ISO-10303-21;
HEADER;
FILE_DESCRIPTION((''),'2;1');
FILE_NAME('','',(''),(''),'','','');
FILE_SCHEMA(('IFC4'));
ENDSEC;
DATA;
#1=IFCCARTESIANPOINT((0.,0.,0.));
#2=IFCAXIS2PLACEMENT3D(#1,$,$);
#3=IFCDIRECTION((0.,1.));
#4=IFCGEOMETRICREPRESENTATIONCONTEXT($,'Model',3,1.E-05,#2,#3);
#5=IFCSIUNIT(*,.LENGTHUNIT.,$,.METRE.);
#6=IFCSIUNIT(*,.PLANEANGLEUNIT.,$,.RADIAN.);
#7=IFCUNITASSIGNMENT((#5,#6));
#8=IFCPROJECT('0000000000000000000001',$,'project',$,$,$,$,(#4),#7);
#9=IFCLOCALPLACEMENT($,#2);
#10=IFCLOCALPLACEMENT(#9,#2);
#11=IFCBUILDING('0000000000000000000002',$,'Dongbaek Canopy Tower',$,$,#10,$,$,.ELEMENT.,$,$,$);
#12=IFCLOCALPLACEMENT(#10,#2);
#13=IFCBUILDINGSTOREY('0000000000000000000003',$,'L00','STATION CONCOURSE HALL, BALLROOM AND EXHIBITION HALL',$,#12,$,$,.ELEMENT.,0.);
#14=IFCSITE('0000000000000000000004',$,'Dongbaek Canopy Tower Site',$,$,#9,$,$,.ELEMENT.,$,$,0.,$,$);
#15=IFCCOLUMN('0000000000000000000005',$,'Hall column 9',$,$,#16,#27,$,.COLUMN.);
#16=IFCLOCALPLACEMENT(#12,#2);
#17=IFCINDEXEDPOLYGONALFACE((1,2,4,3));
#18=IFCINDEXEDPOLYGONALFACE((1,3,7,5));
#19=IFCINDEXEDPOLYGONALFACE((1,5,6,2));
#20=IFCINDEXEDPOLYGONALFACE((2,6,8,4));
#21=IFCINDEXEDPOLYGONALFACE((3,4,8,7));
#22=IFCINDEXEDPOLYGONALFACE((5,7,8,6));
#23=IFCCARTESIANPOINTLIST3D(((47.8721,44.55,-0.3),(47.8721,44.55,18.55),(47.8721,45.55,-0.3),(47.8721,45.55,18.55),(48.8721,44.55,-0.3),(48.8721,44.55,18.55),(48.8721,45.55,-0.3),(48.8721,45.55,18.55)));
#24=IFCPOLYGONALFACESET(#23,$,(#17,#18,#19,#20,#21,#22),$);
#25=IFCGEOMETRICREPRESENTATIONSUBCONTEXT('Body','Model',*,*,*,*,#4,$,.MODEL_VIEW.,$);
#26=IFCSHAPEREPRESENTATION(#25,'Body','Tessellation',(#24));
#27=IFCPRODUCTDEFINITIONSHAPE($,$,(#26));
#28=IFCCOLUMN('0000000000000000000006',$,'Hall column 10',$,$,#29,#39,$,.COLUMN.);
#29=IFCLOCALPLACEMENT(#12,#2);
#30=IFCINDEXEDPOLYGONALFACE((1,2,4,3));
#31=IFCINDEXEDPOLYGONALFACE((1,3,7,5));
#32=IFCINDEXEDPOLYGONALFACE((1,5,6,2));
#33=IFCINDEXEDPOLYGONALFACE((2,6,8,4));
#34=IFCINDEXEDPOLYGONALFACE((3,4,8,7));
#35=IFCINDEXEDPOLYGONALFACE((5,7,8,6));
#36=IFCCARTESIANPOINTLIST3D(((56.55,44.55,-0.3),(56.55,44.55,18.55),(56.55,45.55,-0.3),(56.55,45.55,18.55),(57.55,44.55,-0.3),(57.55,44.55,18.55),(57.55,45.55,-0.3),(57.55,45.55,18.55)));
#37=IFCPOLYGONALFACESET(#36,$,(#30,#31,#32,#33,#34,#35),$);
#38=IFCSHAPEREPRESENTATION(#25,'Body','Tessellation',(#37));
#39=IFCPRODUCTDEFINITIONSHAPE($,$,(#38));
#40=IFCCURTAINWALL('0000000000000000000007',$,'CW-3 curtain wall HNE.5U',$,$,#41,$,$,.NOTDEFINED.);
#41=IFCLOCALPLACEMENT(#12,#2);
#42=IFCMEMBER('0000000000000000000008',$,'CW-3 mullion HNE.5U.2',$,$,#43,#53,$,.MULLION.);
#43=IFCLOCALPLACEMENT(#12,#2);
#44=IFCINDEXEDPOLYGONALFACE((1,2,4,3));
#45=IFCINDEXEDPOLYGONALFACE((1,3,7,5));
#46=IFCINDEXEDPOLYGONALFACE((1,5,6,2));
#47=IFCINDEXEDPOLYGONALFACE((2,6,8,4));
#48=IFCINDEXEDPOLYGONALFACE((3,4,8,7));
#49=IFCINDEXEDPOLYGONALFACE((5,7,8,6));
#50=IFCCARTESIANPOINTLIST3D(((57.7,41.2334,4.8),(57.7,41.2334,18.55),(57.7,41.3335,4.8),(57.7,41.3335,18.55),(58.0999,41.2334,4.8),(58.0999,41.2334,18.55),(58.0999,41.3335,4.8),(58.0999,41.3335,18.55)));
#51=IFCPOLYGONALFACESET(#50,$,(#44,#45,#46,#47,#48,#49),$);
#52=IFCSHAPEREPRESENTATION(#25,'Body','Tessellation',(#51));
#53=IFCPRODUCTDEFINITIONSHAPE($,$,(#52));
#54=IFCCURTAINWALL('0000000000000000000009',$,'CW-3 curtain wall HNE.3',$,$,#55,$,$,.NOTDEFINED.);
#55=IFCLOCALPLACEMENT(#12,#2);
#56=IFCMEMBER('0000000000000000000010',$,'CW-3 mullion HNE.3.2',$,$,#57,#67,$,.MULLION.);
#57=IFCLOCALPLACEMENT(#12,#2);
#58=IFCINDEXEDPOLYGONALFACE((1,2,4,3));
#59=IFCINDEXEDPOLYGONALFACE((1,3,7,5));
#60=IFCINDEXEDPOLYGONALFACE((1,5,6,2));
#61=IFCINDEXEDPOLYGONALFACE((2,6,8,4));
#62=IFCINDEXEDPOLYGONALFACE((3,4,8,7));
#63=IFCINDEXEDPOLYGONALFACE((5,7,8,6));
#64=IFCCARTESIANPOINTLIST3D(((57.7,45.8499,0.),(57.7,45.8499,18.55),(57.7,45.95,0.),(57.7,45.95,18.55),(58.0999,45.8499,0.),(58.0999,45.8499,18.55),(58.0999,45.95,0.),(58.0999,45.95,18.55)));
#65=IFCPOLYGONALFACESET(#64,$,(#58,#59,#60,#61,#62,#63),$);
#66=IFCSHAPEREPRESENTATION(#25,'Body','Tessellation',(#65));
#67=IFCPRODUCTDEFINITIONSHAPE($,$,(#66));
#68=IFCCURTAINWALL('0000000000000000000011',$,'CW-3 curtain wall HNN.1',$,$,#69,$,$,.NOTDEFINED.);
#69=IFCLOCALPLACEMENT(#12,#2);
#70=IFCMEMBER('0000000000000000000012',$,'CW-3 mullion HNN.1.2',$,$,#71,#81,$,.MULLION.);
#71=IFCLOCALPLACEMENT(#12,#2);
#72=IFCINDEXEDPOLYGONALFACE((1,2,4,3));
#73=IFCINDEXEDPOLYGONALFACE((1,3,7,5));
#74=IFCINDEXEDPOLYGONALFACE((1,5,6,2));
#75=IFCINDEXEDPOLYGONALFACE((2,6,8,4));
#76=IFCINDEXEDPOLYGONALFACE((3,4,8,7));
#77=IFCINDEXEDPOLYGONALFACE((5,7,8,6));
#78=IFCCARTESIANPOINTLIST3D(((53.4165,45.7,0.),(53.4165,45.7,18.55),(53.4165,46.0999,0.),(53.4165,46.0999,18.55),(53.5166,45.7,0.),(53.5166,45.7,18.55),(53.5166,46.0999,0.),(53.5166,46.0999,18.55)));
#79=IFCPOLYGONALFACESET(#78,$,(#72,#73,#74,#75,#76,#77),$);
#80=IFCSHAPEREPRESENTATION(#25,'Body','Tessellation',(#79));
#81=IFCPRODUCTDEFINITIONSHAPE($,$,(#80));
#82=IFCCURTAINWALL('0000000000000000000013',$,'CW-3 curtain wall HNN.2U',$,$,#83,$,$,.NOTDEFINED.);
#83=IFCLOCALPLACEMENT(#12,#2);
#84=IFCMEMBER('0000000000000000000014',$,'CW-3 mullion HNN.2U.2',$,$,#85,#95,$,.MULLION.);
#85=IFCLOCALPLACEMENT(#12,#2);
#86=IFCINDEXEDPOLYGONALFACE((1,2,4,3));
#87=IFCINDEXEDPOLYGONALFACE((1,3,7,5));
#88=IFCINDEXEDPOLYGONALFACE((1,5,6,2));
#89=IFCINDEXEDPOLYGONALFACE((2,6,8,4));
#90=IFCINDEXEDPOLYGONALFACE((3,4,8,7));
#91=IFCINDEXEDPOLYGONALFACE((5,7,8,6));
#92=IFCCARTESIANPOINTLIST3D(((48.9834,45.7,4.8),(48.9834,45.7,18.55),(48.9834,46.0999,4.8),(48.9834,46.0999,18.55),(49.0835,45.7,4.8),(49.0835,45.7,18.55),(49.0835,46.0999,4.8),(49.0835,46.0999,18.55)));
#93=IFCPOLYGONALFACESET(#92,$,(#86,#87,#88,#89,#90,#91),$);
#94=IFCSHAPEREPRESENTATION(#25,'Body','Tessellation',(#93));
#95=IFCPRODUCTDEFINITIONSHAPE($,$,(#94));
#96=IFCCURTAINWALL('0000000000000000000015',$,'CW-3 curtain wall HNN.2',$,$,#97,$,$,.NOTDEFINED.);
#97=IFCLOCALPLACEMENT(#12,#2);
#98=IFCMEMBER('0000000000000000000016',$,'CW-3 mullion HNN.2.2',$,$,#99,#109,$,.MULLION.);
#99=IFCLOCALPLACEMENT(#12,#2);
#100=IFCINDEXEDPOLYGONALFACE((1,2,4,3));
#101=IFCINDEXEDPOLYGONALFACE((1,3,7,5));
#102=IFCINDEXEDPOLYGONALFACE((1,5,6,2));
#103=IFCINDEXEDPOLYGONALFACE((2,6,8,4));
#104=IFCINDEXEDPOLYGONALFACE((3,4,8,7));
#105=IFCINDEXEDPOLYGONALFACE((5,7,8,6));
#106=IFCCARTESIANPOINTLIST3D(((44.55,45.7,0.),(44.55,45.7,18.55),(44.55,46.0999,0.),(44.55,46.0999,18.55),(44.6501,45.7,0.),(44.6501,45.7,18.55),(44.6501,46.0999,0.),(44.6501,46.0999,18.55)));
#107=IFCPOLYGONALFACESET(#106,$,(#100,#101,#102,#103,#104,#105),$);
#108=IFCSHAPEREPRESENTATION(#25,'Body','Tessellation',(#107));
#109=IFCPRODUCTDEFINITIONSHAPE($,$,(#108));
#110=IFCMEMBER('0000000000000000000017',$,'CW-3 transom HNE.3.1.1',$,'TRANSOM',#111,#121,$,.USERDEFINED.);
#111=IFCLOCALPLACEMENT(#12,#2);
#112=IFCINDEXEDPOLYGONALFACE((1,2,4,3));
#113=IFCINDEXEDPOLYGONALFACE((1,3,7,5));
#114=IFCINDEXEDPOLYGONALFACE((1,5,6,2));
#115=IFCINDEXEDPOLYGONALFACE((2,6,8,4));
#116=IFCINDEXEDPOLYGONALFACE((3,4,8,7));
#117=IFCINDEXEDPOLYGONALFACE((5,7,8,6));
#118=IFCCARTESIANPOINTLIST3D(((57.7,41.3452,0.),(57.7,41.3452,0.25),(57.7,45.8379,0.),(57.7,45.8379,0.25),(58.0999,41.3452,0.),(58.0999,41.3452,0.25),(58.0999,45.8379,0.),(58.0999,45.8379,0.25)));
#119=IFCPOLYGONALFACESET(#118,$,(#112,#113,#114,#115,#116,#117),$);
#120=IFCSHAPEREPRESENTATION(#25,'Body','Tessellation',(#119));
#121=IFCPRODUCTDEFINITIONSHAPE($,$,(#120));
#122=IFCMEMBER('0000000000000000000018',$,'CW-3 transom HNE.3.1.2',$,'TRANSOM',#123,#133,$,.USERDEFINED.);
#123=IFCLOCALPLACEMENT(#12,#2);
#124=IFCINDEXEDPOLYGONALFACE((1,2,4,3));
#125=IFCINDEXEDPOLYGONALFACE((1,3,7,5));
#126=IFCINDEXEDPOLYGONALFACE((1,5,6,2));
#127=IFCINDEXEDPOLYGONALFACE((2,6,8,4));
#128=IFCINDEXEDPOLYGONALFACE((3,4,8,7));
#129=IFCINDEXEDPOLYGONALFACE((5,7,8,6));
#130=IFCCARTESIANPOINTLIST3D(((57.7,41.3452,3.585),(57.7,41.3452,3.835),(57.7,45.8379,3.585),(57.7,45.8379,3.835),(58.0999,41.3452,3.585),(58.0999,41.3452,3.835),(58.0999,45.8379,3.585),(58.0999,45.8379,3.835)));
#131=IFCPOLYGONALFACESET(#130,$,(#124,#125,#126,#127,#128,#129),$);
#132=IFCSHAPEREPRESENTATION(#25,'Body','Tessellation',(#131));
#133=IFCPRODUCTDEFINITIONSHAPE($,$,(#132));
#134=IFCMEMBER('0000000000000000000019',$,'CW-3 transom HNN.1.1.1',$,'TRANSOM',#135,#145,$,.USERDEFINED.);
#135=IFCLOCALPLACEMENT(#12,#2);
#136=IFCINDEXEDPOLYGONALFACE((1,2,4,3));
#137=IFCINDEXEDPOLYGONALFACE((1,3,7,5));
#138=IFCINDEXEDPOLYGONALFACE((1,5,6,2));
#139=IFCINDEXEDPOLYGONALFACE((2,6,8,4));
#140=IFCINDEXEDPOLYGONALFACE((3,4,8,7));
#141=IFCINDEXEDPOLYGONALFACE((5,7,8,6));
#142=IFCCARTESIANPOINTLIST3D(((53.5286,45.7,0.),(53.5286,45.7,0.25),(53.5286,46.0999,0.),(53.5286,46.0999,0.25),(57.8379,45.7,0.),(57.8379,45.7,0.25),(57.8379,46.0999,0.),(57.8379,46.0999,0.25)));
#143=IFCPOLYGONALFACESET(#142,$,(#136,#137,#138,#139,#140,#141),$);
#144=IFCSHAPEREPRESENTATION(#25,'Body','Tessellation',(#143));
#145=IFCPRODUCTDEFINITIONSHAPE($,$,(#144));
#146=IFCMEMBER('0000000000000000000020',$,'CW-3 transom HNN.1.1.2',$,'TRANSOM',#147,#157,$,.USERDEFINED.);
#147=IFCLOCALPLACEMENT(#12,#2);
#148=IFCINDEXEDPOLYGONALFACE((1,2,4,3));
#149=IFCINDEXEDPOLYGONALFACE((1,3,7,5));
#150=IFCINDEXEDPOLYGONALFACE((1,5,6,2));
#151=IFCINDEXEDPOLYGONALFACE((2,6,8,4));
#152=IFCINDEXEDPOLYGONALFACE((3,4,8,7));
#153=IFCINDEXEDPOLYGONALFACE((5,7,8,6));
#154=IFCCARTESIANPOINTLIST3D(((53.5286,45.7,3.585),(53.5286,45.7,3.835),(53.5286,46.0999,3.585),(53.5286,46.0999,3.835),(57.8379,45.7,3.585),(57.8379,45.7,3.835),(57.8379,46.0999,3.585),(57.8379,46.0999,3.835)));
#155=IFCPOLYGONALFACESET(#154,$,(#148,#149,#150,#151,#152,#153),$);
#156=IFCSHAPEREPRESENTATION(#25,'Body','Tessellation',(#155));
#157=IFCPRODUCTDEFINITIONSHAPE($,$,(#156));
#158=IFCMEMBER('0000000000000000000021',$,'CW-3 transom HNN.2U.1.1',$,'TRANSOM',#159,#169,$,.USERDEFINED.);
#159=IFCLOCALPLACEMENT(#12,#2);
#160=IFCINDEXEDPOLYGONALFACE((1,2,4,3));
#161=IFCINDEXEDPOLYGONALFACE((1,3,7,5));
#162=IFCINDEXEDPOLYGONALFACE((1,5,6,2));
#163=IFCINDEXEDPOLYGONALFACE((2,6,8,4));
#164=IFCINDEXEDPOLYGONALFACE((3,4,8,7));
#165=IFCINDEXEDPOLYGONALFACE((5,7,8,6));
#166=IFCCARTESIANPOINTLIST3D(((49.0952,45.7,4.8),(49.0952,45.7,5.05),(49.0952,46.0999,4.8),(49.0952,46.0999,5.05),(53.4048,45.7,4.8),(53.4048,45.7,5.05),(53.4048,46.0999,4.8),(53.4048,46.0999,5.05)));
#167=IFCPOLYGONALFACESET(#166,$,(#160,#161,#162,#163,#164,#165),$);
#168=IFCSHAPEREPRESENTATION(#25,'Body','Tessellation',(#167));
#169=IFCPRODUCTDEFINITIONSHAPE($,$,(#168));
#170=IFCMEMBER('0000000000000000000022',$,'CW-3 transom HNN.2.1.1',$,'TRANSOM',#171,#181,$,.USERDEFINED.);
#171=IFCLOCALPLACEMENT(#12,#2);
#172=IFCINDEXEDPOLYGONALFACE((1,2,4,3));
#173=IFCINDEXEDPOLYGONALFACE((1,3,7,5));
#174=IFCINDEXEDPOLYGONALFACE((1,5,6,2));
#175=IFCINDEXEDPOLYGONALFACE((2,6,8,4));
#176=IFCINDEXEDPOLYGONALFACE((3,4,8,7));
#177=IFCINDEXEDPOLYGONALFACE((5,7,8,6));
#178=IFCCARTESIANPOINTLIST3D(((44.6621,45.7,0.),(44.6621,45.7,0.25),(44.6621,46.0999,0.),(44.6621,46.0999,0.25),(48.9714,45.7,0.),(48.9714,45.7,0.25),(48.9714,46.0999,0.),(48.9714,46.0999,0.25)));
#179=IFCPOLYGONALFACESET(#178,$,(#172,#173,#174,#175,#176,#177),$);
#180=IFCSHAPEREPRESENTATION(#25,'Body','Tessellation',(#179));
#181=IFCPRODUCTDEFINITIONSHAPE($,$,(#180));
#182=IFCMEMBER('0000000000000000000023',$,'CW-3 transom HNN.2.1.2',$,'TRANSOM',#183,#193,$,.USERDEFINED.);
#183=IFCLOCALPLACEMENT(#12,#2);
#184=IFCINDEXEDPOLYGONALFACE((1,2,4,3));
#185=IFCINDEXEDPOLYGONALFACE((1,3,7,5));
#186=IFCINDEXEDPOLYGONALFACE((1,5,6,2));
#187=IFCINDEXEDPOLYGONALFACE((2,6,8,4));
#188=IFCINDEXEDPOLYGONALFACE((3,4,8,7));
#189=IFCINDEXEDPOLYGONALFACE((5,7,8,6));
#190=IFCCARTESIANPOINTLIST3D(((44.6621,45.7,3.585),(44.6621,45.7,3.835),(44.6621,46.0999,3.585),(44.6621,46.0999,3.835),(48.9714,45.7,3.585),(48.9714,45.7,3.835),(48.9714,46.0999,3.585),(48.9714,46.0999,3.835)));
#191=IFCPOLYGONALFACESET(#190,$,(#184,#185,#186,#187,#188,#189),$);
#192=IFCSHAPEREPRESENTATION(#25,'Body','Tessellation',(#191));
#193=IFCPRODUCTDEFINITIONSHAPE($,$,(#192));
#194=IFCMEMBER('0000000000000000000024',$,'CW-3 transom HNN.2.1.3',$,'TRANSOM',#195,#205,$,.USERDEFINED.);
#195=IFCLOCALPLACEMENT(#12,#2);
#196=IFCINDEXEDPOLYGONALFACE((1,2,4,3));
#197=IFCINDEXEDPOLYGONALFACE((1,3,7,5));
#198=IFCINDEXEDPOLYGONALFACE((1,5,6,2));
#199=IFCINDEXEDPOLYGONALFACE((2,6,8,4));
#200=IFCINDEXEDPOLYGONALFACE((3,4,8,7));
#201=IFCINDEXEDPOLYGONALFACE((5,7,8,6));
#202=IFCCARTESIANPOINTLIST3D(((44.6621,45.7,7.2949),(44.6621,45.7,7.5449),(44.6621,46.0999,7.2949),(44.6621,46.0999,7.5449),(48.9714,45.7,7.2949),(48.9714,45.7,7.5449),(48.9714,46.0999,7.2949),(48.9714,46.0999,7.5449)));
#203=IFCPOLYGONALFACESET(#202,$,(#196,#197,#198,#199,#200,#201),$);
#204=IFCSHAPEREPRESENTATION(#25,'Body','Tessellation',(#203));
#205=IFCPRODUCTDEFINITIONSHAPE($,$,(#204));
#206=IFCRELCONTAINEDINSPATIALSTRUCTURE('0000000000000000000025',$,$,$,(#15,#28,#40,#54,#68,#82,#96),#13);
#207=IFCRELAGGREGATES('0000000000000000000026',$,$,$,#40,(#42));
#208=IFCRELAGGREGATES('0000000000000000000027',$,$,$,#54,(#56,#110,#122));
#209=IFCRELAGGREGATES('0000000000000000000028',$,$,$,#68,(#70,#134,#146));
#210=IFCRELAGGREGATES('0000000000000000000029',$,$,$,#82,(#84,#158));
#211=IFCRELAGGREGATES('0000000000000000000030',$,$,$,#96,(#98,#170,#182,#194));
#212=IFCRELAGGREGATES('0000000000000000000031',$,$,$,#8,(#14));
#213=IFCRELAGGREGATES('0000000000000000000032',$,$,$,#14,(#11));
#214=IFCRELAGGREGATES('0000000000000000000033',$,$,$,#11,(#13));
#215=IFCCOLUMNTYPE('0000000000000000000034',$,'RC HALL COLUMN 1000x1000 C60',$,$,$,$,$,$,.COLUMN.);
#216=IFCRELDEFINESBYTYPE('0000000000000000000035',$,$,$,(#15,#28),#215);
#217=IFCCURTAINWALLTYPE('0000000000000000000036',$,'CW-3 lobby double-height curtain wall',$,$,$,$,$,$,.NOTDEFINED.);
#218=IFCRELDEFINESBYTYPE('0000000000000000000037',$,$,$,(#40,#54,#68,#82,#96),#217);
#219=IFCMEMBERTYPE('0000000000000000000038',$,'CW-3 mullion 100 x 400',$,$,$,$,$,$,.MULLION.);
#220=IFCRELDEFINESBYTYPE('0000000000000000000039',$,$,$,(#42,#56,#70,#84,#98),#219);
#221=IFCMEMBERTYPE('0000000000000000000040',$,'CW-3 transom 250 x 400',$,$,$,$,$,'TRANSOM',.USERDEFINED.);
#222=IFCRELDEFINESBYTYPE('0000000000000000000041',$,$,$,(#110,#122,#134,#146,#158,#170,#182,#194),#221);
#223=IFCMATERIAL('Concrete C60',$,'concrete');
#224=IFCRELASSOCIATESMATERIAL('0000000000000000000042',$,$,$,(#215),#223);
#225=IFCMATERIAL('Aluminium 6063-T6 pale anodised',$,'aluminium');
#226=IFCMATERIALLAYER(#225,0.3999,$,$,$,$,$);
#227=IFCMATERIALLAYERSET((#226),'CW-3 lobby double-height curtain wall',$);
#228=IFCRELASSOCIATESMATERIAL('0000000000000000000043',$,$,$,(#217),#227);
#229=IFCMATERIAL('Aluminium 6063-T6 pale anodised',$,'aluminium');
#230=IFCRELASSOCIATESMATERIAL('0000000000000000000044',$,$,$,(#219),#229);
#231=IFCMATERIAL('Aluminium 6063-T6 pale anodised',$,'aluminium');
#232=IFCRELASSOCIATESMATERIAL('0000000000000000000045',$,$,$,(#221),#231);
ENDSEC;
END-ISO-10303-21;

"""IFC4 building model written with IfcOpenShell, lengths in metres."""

from ifc_helpers import new_model, si_unit, direction, frame, origin, origin_2d, place, context, subcontext, project, spatial, rectangle, extrude, material, layer, layer_set, material_profile, profile_set, type_object, element, aggregate, save


model = new_model("IFC4")

# Units and contexts
model_context = context("Model", 3, precision=1e-05, world=origin(), true_north=direction((0.0, 1.0)))
body_context = subcontext(model_context, "Body", "Model", "MODEL_VIEW")
ifc_project = project(units=[si_unit("LENGTHUNIT", "METRE"), si_unit("PLANEANGLEUNIT", "RADIAN")], contexts=[model_context])

# Site, building, storey
site_placement = place(None, origin())
site = spatial("IfcSite", under=ifc_project, at=site_placement, Name="Dongbaek Canopy Tower Site", CompositionType="ELEMENT", RefElevation=0.0)
building_placement = place(site_placement, origin())
building = spatial("IfcBuilding", under=site, at=building_placement, Name="Dongbaek Canopy Tower", CompositionType="ELEMENT")
storey_placement = place(building_placement, origin())
storey = spatial("IfcBuildingStorey", under=building, at=storey_placement, Name="L00", Description="STATION CONCOURSE HALL, BALLROOM AND EXHIBITION HALL", CompositionType="ELEMENT", Elevation=0.0)

# Columns
ifc_material_1 = material(Name="Concrete C60", Category="concrete")
ifc_material_profile_1 = material_profile(ifc_material_1, rectangle(XDim=1.0, YDim=1.0, at=origin_2d()), Name="RC HALL COLUMN 1000x1000 C60")
ifc_profile_set_1 = profile_set([ifc_material_profile_1], Name="Concrete C60")
column_type = type_object("IfcColumnType", Name="RC HALL COLUMN 1000x1000 C60", PredefinedType="COLUMN", material=ifc_profile_set_1)
for number, where, z_axis, x_axis, name in (
    (1, (48.3721, 45.05, -0.3), (0.0, 0.0, 1.0), (1.0, 0.0, 0.0), "Hall column 9"),
    (2, (57.05, 45.05, -0.3), (0.0, 0.0, 1.0), (1.0, 0.0, 0.0), "Hall column 10"),
):
    element("IfcColumn", number, at=place(storey_placement, frame(where, z_axis=z_axis, x_axis=x_axis)), inside=storey, type_object=column_type, Name=name, PredefinedType="COLUMN", context=body_context, shape_type="SweptSolid", body=[
        extrude(rectangle(XDim=1.0, YDim=1.0, at=origin_2d()), origin(), (0.0, 0.0, 1.0), 18.8501),
    ])

# Curtain walls, members
ifc_material_2 = material(Name="Aluminium 6063-T6 pale anodised", Category="aluminium")
ifc_layer_1 = layer(ifc_material_2, 0.3999)
ifc_layer_set_1 = layer_set([ifc_layer_1], Name="CW-3 lobby double-height curtain wall")
curtain_wall_type = type_object("IfcCurtainWallType", Name="CW-3 lobby double-height curtain wall", PredefinedType="NOTDEFINED", material=ifc_layer_set_1)
curtain_wall_1_placement = place(storey_placement, origin())
curtain_wall_1 = element("IfcCurtainWall", 3, at=curtain_wall_1_placement, inside=storey, type_object=curtain_wall_type, Name="CW-3 curtain wall HNE.5U", PredefinedType="NOTDEFINED")
ifc_material_3 = material(Name="Aluminium 6063-T6 pale anodised", Category="aluminium")
ifc_material_profile_2 = material_profile(ifc_material_3, rectangle(XDim=0.3999, YDim=0.1001, at=origin_2d()), Name="CW-3 mullion 100 x 400")
ifc_profile_set_2 = profile_set([ifc_material_profile_2], Name="Aluminium 6063-T6 pale anodised")
member_type_1 = type_object("IfcMemberType", Name="CW-3 mullion 100 x 400", PredefinedType="MULLION", material=ifc_profile_set_2)
member_1_placement = place(storey_placement, frame((57.8999, 41.2834, 4.8), z_axis=(0.0, 0.0, 1.0), x_axis=(1.0, 0.0, 0.0)))
member_1 = element("IfcMember", 4, at=member_1_placement, type_object=member_type_1, Name="CW-3 mullion HNE.5U.2", PredefinedType="MULLION", context=body_context, shape_type="SweptSolid", body=[
    extrude(rectangle(XDim=0.3999, YDim=0.1001, at=origin_2d()), origin(), (0.0, 0.0, 1.0), 13.75),
])
aggregate(curtain_wall_1, [member_1])
curtain_wall_2_placement = place(storey_placement, origin())
curtain_wall_2 = element("IfcCurtainWall", 5, at=curtain_wall_2_placement, inside=storey, type_object=curtain_wall_type, Name="CW-3 curtain wall HNE.3", PredefinedType="NOTDEFINED")
member_2_placement = place(storey_placement, frame((57.8999, 45.8999, 0.0), z_axis=(0.0, 0.0, 1.0), x_axis=(1.0, 0.0, 0.0)))
member_2 = element("IfcMember", 6, at=member_2_placement, type_object=member_type_1, Name="CW-3 mullion HNE.3.2", PredefinedType="MULLION", context=body_context, shape_type="SweptSolid", body=[
    extrude(rectangle(XDim=0.3999, YDim=0.1001, at=origin_2d()), origin(), (0.0, 0.0, 1.0), 18.55),
])
curtain_wall_3_placement = place(storey_placement, origin())
curtain_wall_3 = element("IfcCurtainWall", 7, at=curtain_wall_3_placement, inside=storey, type_object=curtain_wall_type, Name="CW-3 curtain wall HNN.1", PredefinedType="NOTDEFINED")
member_3_placement = place(storey_placement, frame((53.4666, 45.8999, 0.0), z_axis=(0.0, 0.0, 1.0), x_axis=(0.0, 1.0, 0.0)))
member_3 = element("IfcMember", 8, at=member_3_placement, type_object=member_type_1, Name="CW-3 mullion HNN.1.2", PredefinedType="MULLION", context=body_context, shape_type="SweptSolid", body=[
    extrude(rectangle(XDim=0.3999, YDim=0.1001, at=origin_2d()), origin(), (0.0, 0.0, 1.0), 18.55),
])
curtain_wall_4_placement = place(storey_placement, origin())
curtain_wall_4 = element("IfcCurtainWall", 9, at=curtain_wall_4_placement, inside=storey, type_object=curtain_wall_type, Name="CW-3 curtain wall HNN.2U", PredefinedType="NOTDEFINED")
member_4_placement = place(storey_placement, frame((49.0334, 45.8999, 4.8), z_axis=(0.0, 0.0, 1.0), x_axis=(0.0, 1.0, 0.0)))
member_4 = element("IfcMember", 10, at=member_4_placement, type_object=member_type_1, Name="CW-3 mullion HNN.2U.2", PredefinedType="MULLION", context=body_context, shape_type="SweptSolid", body=[
    extrude(rectangle(XDim=0.3999, YDim=0.1001, at=origin_2d()), origin(), (0.0, 0.0, 1.0), 13.75),
])
curtain_wall_5_placement = place(storey_placement, origin())
curtain_wall_5 = element("IfcCurtainWall", 11, at=curtain_wall_5_placement, inside=storey, type_object=curtain_wall_type, Name="CW-3 curtain wall HNN.2", PredefinedType="NOTDEFINED")
member_5_placement = place(storey_placement, frame((44.6001, 45.8999, 0.0), z_axis=(0.0, 0.0, 1.0), x_axis=(0.0, 1.0, 0.0)))
member_5 = element("IfcMember", 12, at=member_5_placement, type_object=member_type_1, Name="CW-3 mullion HNN.2.2", PredefinedType="MULLION", context=body_context, shape_type="SweptSolid", body=[
    extrude(rectangle(XDim=0.3999, YDim=0.1001, at=origin_2d()), origin(), (0.0, 0.0, 1.0), 18.55),
])

# Members
ifc_material_4 = material(Name="Aluminium 6063-T6 pale anodised", Category="aluminium")
ifc_material_profile_3 = material_profile(ifc_material_4, rectangle(XDim=0.3999, YDim=0.25, at=origin_2d()), Name="CW-3 transom 250 x 400")
ifc_profile_set_3 = profile_set([ifc_material_profile_3], Name="Aluminium 6063-T6 pale anodised")
member_type_2 = type_object("IfcMemberType", Name="CW-3 transom 250 x 400", ElementType="TRANSOM", PredefinedType="USERDEFINED", material=ifc_profile_set_3)
member_6_placement = place(storey_placement, frame((57.8999, 41.3452, 0.125), z_axis=(0.0, 1.0, 0.0), x_axis=(-1.0, 0.0, 0.0)))
member_6 = element("IfcMember", 13, at=member_6_placement, type_object=member_type_2, Name="CW-3 transom HNE.3.1.1", ObjectType="TRANSOM", PredefinedType="USERDEFINED", context=body_context, shape_type="SweptSolid", body=[
    extrude(rectangle(XDim=0.3999, YDim=0.25, at=origin_2d()), origin(), (0.0, 0.0, 1.0), 4.4927),
])
member_7_placement = place(storey_placement, frame((57.8999, 41.3452, 3.71), z_axis=(0.0, 1.0, 0.0), x_axis=(-1.0, 0.0, 0.0)))
member_7 = element("IfcMember", 14, at=member_7_placement, type_object=member_type_2, Name="CW-3 transom HNE.3.1.2", ObjectType="TRANSOM", PredefinedType="USERDEFINED", context=body_context, shape_type="SweptSolid", body=[
    extrude(rectangle(XDim=0.3999, YDim=0.25, at=origin_2d()), origin(), (0.0, 0.0, 1.0), 4.4927),
])
member_8_placement = place(storey_placement, frame((57.8379, 45.8999, 0.125), z_axis=(-1.0, 0.0, 0.0), x_axis=(0.0, -1.0, 0.0)))
member_8 = element("IfcMember", 15, at=member_8_placement, type_object=member_type_2, Name="CW-3 transom HNN.1.1.1", ObjectType="TRANSOM", PredefinedType="USERDEFINED", context=body_context, shape_type="SweptSolid", body=[
    extrude(rectangle(XDim=0.3999, YDim=0.25, at=origin_2d()), origin(), (0.0, 0.0, 1.0), 4.3093),
])
member_9_placement = place(storey_placement, frame((57.8379, 45.8999, 3.71), z_axis=(-1.0, 0.0, 0.0), x_axis=(0.0, -1.0, 0.0)))
member_9 = element("IfcMember", 16, at=member_9_placement, type_object=member_type_2, Name="CW-3 transom HNN.1.1.2", ObjectType="TRANSOM", PredefinedType="USERDEFINED", context=body_context, shape_type="SweptSolid", body=[
    extrude(rectangle(XDim=0.3999, YDim=0.25, at=origin_2d()), origin(), (0.0, 0.0, 1.0), 4.3093),
])
member_10_placement = place(storey_placement, frame((53.4048, 45.8999, 4.925), z_axis=(-1.0, 0.0, 0.0), x_axis=(0.0, -1.0, 0.0)))
member_10 = element("IfcMember", 17, at=member_10_placement, type_object=member_type_2, Name="CW-3 transom HNN.2U.1.1", ObjectType="TRANSOM", PredefinedType="USERDEFINED", context=body_context, shape_type="SweptSolid", body=[
    extrude(rectangle(XDim=0.3999, YDim=0.25, at=origin_2d()), origin(), (0.0, 0.0, 1.0), 4.3096),
])
member_11_placement = place(storey_placement, frame((48.9714, 45.8999, 0.125), z_axis=(-1.0, 0.0, 0.0), x_axis=(0.0, -1.0, 0.0)))
member_11 = element("IfcMember", 18, at=member_11_placement, type_object=member_type_2, Name="CW-3 transom HNN.2.1.1", ObjectType="TRANSOM", PredefinedType="USERDEFINED", context=body_context, shape_type="SweptSolid", body=[
    extrude(rectangle(XDim=0.3999, YDim=0.25, at=origin_2d()), origin(), (0.0, 0.0, 1.0), 4.3093),
])
member_12_placement = place(storey_placement, frame((48.9714, 45.8999, 3.71), z_axis=(-1.0, 0.0, 0.0), x_axis=(0.0, -1.0, 0.0)))
member_12 = element("IfcMember", 19, at=member_12_placement, type_object=member_type_2, Name="CW-3 transom HNN.2.1.2", ObjectType="TRANSOM", PredefinedType="USERDEFINED", context=body_context, shape_type="SweptSolid", body=[
    extrude(rectangle(XDim=0.3999, YDim=0.25, at=origin_2d()), origin(), (0.0, 0.0, 1.0), 4.3093),
])
member_13_placement = place(storey_placement, frame((48.9714, 45.8999, 7.4199), z_axis=(-1.0, 0.0, 0.0), x_axis=(0.0, -1.0, 0.0)))
member_13 = element("IfcMember", 20, at=member_13_placement, type_object=member_type_2, Name="CW-3 transom HNN.2.1.3", ObjectType="TRANSOM", PredefinedType="USERDEFINED", context=body_context, shape_type="SweptSolid", body=[
    extrude(rectangle(XDim=0.3999, YDim=0.25, at=origin_2d()), origin(), (0.0, 0.0, 1.0), 4.3093),
])

aggregate(curtain_wall_2, [member_2, member_6, member_7])
aggregate(curtain_wall_3, [member_3, member_8, member_9])
aggregate(curtain_wall_4, [member_4, member_10])
aggregate(curtain_wall_5, [member_5, member_11, member_12, member_13])

save(model, "model.ifc")
